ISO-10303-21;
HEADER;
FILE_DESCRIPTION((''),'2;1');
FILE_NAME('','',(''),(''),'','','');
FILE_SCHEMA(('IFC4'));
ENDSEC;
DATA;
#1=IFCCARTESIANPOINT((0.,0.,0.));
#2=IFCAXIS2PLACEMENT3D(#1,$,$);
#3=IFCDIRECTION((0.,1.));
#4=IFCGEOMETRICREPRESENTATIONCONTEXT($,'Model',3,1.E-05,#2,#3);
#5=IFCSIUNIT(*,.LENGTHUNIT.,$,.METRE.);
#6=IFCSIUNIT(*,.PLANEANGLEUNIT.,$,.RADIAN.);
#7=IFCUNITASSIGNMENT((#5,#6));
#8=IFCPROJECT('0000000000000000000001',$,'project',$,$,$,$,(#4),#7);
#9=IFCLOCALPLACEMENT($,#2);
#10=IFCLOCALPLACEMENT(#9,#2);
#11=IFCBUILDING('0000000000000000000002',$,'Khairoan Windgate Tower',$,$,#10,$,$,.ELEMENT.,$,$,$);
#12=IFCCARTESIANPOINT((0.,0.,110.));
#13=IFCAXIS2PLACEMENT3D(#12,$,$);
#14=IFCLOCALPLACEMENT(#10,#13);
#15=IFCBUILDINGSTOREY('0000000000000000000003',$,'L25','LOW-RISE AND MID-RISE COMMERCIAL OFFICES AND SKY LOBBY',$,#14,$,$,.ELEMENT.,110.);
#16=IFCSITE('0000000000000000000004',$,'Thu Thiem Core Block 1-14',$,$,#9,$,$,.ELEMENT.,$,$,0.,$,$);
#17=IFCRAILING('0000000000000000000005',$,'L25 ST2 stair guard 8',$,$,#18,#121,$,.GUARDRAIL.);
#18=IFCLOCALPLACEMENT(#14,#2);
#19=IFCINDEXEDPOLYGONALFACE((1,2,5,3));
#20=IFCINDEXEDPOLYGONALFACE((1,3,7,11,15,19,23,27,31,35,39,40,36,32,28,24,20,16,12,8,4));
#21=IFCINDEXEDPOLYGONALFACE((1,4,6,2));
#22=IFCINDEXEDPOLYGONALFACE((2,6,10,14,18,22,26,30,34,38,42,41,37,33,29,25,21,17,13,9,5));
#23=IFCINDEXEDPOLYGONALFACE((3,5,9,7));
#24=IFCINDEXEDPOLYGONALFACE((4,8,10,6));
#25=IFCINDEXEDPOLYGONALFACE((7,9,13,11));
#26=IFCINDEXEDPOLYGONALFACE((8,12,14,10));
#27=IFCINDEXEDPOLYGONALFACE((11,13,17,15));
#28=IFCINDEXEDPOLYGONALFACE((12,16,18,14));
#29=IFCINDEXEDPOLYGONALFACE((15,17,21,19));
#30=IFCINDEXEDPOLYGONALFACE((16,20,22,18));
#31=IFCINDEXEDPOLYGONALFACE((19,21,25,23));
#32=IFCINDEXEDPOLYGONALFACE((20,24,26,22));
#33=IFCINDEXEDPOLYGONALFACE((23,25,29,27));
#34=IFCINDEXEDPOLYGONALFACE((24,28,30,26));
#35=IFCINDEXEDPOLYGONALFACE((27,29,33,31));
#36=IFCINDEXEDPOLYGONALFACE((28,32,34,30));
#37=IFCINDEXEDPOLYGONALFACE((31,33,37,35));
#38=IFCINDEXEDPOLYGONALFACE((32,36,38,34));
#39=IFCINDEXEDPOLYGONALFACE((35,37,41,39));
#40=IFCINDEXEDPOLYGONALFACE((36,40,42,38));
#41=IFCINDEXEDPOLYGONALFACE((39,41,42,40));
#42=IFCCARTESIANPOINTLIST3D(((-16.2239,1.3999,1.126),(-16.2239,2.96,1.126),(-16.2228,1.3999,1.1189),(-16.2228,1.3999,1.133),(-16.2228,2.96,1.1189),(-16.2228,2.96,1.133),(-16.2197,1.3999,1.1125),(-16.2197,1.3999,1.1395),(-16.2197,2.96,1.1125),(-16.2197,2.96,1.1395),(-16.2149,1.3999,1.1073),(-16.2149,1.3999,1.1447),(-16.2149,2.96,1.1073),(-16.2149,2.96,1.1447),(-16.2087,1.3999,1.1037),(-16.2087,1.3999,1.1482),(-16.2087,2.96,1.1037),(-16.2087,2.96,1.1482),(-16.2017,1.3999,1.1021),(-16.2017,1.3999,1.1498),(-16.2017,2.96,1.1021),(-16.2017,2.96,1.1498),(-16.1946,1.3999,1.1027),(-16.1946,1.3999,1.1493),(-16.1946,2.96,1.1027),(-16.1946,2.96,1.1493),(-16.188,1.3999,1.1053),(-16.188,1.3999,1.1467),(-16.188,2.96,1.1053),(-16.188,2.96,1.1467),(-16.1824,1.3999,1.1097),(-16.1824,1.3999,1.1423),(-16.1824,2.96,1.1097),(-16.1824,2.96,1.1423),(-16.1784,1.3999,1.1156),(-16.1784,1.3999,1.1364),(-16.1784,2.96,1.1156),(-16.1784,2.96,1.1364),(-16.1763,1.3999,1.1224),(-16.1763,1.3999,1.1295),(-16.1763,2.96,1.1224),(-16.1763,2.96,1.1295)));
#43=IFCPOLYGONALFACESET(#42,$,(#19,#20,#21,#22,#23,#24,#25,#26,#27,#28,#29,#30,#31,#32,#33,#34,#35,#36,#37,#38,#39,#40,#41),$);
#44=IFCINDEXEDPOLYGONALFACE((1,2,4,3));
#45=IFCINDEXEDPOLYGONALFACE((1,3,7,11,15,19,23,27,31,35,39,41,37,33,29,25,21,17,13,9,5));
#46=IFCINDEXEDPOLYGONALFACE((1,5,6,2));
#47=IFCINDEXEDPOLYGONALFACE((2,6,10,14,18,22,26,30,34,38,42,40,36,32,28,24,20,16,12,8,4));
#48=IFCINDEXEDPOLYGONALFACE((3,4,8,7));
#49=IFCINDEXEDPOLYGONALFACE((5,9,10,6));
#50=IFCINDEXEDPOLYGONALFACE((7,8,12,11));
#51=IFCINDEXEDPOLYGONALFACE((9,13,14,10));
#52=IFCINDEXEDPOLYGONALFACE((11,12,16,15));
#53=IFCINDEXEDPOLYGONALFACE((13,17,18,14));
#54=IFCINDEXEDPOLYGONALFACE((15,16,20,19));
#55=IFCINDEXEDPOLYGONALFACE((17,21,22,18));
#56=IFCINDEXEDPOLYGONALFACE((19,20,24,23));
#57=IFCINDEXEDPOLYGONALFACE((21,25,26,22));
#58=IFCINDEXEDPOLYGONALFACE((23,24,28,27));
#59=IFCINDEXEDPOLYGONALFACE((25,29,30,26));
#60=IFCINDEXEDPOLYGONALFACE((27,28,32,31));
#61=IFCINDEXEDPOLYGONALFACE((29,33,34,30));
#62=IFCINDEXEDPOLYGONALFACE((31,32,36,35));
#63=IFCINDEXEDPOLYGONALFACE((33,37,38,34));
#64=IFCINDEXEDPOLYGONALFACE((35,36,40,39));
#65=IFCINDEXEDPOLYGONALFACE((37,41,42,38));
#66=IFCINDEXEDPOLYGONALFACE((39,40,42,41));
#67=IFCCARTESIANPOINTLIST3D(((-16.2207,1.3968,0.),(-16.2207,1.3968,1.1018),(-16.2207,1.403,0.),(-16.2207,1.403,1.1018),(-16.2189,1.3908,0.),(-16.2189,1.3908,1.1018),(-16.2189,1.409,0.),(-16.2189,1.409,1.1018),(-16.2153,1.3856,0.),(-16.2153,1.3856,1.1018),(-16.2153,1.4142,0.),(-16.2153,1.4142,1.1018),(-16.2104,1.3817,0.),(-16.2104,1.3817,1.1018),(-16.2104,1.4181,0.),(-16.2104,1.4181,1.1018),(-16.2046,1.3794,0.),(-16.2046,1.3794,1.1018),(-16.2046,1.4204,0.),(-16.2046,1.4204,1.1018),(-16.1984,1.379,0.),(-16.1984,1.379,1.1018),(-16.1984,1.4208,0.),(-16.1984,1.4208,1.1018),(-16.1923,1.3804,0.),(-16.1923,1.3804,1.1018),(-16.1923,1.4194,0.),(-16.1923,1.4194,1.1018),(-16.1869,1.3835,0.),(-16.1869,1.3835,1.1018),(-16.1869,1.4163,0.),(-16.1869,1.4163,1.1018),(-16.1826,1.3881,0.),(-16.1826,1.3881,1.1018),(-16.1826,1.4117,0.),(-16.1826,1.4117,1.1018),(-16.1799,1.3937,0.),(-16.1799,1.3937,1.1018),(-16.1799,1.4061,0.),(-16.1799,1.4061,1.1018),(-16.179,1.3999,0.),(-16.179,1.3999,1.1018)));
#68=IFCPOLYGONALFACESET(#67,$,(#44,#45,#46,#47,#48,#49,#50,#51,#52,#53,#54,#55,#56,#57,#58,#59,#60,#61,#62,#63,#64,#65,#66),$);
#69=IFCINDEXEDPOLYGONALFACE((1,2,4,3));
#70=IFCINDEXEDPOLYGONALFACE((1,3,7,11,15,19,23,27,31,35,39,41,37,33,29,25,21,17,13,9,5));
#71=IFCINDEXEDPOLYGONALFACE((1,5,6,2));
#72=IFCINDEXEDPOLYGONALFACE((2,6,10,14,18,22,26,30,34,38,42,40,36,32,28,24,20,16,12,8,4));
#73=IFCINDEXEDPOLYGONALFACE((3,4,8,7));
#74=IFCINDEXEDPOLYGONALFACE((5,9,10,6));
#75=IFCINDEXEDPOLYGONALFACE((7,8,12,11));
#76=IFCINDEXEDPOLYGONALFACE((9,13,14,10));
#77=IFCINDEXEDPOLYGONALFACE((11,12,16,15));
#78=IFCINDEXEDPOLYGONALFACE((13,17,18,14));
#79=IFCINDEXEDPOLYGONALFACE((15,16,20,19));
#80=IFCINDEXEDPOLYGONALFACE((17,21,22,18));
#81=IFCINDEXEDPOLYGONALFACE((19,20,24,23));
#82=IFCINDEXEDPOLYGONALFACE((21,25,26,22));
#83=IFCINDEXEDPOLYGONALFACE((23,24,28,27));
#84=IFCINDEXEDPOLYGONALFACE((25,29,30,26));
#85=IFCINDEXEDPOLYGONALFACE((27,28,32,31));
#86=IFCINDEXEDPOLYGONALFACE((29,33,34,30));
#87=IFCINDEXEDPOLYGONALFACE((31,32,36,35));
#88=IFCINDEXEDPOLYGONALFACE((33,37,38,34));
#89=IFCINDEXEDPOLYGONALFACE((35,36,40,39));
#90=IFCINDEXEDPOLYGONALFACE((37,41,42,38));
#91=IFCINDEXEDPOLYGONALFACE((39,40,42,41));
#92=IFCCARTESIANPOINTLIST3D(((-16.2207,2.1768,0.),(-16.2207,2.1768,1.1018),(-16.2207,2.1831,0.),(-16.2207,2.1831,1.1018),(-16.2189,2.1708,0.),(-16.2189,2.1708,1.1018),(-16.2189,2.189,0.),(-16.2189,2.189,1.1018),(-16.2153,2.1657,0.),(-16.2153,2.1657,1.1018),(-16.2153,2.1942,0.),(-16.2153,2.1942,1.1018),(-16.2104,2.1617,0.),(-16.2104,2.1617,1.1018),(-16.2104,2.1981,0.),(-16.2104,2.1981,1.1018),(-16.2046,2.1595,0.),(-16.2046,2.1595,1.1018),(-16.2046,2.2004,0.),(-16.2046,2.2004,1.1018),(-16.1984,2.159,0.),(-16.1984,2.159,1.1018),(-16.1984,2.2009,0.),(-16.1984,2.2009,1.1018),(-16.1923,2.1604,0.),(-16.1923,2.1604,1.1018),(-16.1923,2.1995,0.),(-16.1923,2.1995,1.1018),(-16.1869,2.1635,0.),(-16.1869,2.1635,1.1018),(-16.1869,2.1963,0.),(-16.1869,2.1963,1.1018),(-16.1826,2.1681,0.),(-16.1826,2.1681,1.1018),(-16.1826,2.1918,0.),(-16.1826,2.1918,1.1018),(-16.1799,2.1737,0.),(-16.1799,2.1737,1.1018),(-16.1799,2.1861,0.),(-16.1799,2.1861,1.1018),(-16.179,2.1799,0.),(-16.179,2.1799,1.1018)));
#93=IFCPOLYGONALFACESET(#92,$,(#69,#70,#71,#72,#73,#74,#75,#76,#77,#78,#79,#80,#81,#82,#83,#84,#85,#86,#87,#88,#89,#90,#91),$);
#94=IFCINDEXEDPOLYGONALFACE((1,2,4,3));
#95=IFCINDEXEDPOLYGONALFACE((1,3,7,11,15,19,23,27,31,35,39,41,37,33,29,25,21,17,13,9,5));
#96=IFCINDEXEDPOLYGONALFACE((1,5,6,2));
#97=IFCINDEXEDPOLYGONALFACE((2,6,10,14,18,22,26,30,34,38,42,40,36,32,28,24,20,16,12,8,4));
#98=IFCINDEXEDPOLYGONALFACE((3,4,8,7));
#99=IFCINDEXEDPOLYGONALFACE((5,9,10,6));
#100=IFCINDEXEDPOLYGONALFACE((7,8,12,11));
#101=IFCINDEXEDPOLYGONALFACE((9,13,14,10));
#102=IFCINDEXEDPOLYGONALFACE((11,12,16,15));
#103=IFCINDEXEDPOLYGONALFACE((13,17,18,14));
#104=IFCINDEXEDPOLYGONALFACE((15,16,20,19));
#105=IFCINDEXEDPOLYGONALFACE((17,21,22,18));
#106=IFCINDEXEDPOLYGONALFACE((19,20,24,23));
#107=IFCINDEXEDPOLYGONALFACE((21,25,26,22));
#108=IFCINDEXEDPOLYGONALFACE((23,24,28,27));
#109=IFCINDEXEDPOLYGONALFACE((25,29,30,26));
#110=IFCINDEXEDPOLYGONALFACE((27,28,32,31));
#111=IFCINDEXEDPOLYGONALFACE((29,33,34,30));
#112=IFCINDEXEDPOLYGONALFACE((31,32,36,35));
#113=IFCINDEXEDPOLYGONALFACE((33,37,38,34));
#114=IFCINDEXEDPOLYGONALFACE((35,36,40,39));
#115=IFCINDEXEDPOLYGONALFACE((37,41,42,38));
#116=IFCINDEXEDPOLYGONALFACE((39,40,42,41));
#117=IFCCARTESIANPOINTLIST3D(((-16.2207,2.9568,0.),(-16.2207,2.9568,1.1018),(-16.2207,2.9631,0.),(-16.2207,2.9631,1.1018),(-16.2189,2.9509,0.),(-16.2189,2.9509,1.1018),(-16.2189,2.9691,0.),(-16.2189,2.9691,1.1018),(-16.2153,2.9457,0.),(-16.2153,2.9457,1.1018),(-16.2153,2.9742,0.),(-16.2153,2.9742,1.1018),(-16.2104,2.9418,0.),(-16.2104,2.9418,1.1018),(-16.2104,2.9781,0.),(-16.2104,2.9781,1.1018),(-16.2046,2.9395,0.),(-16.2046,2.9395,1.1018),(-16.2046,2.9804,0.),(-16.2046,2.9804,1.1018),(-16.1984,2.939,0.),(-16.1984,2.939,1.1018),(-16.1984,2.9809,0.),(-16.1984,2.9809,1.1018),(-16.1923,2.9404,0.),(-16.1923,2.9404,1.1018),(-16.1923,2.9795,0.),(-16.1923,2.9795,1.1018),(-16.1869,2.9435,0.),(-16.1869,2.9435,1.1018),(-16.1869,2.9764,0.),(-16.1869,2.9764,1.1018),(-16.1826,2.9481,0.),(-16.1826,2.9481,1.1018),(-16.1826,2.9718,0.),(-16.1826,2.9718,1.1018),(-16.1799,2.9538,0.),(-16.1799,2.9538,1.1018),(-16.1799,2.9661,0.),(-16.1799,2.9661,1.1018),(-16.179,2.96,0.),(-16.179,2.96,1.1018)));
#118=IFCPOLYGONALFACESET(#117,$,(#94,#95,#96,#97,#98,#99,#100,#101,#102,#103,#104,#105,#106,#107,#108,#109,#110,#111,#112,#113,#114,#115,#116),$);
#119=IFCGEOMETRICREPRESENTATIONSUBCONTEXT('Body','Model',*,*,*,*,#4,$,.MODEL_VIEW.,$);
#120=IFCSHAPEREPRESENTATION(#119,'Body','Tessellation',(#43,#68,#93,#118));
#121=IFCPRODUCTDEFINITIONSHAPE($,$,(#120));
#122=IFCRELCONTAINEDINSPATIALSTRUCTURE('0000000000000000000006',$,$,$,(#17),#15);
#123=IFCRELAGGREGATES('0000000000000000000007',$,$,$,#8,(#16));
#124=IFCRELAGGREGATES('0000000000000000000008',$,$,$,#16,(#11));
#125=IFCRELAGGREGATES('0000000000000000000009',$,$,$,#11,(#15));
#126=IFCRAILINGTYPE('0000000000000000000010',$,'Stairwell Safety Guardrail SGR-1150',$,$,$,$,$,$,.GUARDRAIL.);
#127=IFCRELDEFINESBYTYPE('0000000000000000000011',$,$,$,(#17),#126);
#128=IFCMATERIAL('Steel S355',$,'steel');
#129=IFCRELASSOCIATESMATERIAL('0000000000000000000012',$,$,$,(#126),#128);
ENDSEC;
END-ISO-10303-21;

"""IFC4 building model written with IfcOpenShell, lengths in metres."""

from ifc_helpers import new_model, si_unit, direction, frame, origin, origin_2d, place, context, subcontext, project, spatial, circle, extrude, material, type_object, element, save


model = new_model("IFC4")

# Units and contexts
model_context = context("Model", 3, precision=1e-05, world=origin(), true_north=direction((0.0, 1.0)))
body_context = subcontext(model_context, "Body", "Model", "MODEL_VIEW")
ifc_project = project(units=[si_unit("LENGTHUNIT", "METRE"), si_unit("PLANEANGLEUNIT", "RADIAN")], contexts=[model_context])

# Site, building, storey
site_placement = place(None, origin())
site = spatial("IfcSite", under=ifc_project, at=site_placement, Name="Thu Thiem Core Block 1-14", CompositionType="ELEMENT", RefElevation=0.0)
building_placement = place(site_placement, origin())
building = spatial("IfcBuilding", under=site, at=building_placement, Name="Khairoan Windgate Tower", CompositionType="ELEMENT")
storey_placement = place(building_placement, frame((0.0, 0.0, 110.0)))
storey = spatial("IfcBuildingStorey", under=building, at=storey_placement, Name="L25", Description="LOW-RISE AND MID-RISE COMMERCIAL OFFICES AND SKY LOBBY", CompositionType="ELEMENT", Elevation=110.0)

# Railing
ifc_material_1 = material(Name="Steel S355", Category="steel")
railing_type_1 = type_object("IfcRailingType", Name="Stairwell Safety Guardrail SGR-1150", PredefinedType="GUARDRAIL", material=ifc_material_1)
railing_1_placement = place(storey_placement, frame((-16.2, 1.3999, 0.0)))
element("IfcRailing", 1, at=railing_1_placement, inside=storey, type_object=railing_type_1, Name="L25 ST2 stair guard 8", PredefinedType="GUARDRAIL", context=body_context, shape_type="SweptSolid", body=[
    extrude(circle(Radius=0.0239, at=origin_2d()), frame((0.0, 0.0, 1.126), z_axis=(0.0, 1.0, 0.0), x_axis=(-1.0, 0.0, 0.0)), (0.0, 0.0, 1.0), 1.5601),
    extrude(circle(Radius=0.021, at=origin_2d()), origin(), (0.0, 0.0, 1.0), 1.1018),
    extrude(circle(Radius=0.021, at=origin_2d()), frame((0.0, 0.78, 0.0)), (0.0, 0.0, 1.0), 1.1018),
    extrude(circle(Radius=0.021, at=origin_2d()), frame((0.0, 1.5601, 0.0)), (0.0, 0.0, 1.0), 1.1018),
])

save(model, "model.ifc")
